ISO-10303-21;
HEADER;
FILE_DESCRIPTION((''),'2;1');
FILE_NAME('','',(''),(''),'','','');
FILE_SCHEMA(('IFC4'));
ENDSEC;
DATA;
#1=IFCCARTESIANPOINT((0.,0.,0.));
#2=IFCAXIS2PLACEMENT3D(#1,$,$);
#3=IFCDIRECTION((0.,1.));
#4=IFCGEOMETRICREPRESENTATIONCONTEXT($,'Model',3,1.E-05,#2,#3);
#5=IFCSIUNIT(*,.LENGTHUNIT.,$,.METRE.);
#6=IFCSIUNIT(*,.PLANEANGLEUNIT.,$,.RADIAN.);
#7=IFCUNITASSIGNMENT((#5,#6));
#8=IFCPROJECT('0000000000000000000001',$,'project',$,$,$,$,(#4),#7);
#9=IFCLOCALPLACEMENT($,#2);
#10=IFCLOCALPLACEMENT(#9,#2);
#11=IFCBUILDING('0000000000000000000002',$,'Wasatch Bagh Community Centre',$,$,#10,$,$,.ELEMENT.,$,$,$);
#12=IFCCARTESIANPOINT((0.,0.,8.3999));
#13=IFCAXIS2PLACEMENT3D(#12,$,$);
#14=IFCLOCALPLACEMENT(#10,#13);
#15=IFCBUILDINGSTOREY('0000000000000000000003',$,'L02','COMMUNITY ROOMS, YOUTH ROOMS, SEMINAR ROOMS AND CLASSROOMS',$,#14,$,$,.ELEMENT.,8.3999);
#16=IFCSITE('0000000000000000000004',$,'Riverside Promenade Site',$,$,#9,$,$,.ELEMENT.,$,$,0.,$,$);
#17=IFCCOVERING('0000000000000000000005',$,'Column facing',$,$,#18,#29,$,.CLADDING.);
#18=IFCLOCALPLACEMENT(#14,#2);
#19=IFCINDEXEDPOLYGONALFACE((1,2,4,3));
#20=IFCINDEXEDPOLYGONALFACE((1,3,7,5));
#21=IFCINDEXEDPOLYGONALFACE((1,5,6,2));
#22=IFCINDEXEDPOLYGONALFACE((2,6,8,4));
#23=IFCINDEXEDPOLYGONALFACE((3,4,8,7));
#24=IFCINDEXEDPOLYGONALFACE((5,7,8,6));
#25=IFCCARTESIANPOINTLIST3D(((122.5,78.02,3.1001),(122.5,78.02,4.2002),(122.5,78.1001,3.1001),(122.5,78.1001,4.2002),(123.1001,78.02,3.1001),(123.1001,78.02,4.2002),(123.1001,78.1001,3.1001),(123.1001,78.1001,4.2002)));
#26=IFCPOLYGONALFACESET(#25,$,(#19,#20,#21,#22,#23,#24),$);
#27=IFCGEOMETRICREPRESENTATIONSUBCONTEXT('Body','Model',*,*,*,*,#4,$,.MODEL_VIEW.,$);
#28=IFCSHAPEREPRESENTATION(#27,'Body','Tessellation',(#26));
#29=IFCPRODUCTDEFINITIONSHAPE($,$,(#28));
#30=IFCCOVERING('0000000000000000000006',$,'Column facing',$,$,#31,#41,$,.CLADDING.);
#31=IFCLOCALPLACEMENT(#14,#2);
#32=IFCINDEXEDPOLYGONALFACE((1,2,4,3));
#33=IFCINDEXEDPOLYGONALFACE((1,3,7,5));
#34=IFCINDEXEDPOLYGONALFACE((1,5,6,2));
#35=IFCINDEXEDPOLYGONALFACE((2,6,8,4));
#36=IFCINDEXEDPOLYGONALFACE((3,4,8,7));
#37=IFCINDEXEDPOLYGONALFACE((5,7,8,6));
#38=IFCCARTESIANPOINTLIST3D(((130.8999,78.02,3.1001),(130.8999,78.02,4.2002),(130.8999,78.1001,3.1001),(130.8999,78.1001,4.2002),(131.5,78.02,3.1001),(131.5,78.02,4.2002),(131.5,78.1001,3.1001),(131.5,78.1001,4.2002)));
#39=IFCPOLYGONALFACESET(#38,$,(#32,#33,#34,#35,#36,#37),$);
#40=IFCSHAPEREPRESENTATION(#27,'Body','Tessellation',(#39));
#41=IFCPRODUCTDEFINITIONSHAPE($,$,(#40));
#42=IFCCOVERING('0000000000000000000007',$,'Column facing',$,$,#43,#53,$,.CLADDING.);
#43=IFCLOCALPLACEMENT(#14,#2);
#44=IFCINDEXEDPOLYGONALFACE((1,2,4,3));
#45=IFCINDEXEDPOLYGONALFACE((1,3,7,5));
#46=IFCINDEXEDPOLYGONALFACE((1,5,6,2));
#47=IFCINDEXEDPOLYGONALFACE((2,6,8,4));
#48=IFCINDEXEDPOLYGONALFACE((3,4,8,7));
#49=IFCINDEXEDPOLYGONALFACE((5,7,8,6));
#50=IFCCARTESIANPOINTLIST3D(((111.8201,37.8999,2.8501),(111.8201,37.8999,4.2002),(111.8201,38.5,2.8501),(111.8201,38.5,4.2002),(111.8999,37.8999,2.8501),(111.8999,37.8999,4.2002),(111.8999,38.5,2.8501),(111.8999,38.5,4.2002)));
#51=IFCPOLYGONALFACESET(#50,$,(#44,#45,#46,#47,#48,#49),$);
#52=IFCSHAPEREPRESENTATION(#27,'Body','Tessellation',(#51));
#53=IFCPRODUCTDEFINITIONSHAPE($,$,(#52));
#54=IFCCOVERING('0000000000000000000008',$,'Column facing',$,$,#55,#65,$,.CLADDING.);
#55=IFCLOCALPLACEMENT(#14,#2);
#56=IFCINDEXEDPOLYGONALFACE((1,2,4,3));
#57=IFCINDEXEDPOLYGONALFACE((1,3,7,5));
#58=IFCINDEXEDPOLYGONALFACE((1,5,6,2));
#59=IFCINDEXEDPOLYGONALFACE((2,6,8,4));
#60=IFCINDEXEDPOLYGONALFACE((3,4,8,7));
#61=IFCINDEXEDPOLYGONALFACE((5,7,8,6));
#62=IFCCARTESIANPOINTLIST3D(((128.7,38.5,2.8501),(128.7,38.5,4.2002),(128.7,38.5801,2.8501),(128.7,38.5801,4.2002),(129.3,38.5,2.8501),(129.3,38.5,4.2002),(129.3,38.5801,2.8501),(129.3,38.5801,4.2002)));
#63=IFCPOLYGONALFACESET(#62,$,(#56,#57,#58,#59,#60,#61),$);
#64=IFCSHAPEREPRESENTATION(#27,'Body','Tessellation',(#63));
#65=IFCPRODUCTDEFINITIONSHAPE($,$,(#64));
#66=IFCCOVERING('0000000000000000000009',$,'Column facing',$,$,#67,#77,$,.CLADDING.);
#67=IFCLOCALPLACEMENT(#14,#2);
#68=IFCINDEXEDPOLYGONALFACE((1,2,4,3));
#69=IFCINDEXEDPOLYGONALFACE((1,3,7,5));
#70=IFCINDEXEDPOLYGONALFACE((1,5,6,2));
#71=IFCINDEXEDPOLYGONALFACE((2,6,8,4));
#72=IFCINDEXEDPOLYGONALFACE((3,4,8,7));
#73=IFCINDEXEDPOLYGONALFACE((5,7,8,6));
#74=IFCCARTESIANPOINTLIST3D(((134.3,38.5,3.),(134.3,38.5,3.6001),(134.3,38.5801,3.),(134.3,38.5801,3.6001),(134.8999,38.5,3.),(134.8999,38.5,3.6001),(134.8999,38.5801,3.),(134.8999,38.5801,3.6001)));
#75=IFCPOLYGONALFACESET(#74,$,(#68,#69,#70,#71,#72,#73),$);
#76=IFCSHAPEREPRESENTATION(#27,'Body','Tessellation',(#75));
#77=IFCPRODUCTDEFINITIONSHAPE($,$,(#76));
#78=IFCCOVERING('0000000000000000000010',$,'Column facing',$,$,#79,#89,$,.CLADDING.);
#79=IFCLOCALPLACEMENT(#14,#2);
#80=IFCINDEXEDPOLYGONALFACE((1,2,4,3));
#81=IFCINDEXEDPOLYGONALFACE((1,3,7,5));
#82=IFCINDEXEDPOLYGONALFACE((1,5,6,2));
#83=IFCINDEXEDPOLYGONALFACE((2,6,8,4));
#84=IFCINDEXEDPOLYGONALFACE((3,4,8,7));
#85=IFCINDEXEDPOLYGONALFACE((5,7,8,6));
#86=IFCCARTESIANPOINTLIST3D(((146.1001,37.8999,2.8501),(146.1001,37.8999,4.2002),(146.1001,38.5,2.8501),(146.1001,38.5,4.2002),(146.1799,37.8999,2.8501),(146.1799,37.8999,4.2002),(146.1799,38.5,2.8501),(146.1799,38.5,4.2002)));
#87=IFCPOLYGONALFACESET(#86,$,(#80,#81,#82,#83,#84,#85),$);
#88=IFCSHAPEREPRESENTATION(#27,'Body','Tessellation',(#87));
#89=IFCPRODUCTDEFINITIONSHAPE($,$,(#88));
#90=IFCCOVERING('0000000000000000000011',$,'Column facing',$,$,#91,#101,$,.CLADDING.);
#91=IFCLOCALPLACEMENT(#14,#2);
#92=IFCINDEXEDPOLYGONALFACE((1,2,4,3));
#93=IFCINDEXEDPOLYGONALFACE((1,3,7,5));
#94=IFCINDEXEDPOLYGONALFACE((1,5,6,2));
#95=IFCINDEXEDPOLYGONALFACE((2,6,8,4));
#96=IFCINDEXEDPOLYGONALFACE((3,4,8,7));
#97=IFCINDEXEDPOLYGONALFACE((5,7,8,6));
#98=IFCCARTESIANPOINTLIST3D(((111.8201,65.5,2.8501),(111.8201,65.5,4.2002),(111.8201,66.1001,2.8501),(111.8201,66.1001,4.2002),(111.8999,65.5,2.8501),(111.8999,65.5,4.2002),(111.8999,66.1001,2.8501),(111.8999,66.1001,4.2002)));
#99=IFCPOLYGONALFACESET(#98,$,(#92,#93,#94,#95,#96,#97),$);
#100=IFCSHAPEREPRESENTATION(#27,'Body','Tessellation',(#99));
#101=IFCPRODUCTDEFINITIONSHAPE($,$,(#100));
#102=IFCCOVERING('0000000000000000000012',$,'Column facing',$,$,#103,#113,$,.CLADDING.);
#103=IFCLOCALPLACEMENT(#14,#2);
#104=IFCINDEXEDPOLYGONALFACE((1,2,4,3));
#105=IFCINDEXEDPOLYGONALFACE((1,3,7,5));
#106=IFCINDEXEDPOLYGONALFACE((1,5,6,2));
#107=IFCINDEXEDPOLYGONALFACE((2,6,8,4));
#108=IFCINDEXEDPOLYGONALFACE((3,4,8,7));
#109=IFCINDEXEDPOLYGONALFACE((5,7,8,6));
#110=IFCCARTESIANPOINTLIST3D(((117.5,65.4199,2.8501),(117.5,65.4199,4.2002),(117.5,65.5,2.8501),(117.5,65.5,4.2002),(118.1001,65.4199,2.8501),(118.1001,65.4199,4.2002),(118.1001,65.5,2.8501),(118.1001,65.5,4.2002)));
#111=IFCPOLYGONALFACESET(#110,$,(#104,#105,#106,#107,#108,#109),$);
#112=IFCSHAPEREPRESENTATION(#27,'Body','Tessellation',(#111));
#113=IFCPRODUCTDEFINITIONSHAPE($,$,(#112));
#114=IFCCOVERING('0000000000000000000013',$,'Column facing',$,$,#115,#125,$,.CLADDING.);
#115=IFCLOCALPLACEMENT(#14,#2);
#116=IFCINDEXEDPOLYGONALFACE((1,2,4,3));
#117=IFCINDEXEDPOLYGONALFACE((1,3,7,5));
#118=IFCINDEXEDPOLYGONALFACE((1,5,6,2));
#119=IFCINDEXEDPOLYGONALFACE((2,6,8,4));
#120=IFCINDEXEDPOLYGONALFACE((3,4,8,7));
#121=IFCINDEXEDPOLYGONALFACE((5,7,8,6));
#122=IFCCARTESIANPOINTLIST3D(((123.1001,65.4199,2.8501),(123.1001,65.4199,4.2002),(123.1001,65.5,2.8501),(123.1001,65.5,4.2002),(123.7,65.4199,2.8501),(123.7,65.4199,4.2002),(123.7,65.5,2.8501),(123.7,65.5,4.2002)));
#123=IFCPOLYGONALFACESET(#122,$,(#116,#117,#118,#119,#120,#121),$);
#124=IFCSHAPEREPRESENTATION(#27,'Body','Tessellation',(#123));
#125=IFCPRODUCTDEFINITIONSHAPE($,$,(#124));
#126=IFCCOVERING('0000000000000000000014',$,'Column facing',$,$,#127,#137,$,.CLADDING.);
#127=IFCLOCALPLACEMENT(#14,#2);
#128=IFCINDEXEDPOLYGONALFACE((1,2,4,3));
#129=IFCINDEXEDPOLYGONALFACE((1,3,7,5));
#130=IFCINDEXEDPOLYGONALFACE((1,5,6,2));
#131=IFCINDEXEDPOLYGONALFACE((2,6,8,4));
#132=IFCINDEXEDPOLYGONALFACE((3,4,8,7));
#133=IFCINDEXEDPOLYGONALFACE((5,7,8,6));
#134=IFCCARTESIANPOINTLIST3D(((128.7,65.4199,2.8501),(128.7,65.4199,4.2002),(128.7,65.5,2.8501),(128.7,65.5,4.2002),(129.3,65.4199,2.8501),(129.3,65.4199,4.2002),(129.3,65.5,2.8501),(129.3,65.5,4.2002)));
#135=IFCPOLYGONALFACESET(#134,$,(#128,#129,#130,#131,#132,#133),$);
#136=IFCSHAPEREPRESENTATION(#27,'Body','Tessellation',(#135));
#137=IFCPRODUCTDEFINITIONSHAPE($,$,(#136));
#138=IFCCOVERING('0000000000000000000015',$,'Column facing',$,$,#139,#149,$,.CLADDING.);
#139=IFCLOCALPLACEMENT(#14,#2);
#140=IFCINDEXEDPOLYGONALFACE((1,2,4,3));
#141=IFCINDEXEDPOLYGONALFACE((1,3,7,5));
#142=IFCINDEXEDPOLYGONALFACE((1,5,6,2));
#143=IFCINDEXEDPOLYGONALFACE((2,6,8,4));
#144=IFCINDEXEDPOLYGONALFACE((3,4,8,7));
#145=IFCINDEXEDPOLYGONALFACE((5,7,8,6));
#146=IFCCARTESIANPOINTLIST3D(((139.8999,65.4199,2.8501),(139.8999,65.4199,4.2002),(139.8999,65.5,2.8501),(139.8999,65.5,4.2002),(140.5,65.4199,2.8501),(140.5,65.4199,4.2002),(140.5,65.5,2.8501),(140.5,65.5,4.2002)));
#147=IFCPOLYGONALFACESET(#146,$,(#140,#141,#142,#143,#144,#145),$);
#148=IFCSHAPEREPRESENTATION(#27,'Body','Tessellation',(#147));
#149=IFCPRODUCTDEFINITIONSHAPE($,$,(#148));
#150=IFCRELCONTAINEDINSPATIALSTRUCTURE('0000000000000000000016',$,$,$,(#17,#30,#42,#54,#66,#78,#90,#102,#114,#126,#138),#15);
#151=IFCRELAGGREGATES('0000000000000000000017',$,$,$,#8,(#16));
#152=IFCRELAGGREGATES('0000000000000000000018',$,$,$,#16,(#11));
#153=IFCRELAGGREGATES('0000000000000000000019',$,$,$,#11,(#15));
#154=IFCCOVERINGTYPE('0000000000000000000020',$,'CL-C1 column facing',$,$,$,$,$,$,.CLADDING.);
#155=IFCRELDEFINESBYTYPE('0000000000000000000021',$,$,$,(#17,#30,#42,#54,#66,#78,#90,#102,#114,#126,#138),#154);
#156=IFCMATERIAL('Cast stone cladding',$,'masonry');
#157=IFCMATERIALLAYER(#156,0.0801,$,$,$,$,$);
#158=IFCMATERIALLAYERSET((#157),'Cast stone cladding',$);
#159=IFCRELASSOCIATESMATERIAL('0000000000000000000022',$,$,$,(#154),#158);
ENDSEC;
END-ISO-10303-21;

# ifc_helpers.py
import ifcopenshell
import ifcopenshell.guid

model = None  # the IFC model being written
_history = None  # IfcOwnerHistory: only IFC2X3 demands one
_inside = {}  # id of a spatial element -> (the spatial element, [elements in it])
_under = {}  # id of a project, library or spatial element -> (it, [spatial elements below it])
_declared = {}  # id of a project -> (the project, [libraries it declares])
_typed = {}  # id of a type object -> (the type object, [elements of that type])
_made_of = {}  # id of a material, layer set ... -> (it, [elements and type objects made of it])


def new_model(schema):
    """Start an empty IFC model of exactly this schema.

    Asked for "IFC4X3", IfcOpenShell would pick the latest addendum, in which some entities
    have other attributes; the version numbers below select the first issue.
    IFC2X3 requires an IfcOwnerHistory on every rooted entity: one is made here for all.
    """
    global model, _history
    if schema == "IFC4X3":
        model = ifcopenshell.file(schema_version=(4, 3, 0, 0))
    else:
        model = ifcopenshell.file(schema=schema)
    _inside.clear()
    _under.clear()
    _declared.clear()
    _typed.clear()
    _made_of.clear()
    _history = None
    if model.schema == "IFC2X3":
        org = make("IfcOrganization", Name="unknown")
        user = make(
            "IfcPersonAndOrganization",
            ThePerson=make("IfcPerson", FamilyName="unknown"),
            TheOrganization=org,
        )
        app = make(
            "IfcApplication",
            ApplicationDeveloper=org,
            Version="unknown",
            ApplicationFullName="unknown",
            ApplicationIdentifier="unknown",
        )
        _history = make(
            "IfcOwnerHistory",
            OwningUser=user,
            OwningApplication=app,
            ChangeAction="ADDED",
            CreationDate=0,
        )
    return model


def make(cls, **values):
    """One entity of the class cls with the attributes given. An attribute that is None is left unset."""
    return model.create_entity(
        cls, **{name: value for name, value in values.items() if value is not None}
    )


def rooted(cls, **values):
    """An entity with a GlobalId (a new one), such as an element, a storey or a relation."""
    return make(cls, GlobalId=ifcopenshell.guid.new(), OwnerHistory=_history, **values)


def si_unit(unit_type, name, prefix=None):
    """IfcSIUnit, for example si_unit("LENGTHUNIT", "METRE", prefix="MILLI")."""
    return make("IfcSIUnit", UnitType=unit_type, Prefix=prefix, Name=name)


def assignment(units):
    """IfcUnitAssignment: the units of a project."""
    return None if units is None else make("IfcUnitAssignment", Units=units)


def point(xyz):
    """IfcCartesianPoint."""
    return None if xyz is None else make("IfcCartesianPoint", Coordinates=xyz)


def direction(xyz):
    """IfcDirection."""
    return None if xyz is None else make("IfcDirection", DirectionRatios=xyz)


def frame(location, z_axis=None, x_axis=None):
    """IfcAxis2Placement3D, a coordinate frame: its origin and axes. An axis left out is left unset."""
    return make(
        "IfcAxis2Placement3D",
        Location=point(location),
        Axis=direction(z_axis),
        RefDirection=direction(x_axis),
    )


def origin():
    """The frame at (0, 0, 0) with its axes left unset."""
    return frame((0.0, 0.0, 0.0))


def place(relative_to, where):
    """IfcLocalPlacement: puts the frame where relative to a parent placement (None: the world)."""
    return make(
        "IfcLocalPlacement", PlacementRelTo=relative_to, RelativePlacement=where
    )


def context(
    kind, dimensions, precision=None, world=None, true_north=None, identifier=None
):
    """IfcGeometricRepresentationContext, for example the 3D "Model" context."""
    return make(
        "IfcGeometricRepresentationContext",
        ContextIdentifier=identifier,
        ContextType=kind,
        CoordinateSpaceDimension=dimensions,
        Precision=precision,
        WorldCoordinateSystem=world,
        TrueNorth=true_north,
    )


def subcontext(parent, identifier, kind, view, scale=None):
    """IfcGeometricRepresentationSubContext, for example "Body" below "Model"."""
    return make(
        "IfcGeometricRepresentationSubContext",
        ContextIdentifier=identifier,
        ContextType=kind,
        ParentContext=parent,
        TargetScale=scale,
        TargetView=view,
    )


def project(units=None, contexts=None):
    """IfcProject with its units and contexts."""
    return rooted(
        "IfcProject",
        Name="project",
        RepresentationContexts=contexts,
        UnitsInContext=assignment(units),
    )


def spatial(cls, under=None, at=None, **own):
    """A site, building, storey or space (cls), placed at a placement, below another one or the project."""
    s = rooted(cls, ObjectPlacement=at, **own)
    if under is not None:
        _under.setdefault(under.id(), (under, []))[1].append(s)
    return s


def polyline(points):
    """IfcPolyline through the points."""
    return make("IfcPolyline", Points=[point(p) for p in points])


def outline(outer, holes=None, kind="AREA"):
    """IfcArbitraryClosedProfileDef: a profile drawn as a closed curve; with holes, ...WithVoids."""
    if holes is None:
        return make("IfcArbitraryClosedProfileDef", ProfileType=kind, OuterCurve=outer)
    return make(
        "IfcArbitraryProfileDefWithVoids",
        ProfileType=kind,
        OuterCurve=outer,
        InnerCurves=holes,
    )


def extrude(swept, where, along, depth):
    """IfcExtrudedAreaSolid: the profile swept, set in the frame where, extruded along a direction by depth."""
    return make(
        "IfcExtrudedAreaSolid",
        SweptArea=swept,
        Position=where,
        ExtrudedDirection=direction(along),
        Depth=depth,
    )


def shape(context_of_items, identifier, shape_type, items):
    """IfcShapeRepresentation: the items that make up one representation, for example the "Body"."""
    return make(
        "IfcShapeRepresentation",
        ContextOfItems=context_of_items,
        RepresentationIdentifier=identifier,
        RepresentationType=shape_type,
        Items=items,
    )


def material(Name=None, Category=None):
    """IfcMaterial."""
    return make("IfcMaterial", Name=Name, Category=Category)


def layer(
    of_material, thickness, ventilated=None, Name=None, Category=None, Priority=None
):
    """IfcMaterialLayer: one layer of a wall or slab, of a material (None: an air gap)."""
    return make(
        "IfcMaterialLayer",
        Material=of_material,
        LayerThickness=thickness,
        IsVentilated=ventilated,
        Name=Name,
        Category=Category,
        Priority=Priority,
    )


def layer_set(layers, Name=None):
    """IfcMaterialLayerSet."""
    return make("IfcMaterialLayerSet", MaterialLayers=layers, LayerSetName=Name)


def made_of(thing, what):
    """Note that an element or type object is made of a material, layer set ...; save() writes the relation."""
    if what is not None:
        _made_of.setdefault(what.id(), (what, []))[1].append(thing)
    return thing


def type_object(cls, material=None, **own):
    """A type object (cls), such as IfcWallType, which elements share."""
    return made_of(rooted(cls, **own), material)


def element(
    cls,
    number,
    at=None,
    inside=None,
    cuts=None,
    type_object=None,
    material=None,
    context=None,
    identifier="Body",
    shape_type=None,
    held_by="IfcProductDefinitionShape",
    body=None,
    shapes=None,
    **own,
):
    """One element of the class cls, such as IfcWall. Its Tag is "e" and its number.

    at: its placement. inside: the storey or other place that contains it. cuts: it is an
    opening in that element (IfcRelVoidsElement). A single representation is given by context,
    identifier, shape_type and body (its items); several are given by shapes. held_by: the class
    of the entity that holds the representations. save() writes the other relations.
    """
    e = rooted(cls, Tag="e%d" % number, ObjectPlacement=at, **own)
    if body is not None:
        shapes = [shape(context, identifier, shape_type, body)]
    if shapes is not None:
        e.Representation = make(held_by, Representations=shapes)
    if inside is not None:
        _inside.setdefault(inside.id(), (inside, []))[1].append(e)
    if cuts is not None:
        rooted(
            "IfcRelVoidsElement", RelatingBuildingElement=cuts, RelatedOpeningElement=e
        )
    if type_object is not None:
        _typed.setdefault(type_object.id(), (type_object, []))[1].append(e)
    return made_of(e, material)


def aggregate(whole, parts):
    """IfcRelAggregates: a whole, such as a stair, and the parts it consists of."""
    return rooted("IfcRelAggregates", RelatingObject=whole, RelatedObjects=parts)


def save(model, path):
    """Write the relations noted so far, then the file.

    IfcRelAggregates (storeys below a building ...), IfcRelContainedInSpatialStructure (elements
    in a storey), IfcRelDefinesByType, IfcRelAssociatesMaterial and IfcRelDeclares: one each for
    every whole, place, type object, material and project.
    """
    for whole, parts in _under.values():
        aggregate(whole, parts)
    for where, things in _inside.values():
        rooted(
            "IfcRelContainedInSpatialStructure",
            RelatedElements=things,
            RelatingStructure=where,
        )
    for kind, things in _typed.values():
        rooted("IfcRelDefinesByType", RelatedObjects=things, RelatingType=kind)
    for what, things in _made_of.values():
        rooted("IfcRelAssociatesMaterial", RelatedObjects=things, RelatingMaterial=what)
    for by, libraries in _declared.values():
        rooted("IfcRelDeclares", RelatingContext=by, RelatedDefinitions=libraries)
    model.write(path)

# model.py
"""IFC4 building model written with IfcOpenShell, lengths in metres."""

from ifc_helpers import new_model, si_unit, direction, frame, origin, place, context, subcontext, project, spatial, polyline, outline, extrude, material, layer, layer_set, type_object, element, save


model = new_model("IFC4")

# Units and contexts
model_context = context("Model", 3, precision=1e-05, world=origin(), true_north=direction((0.0, 1.0)))
body_context = subcontext(model_context, "Body", "Model", "MODEL_VIEW")
ifc_project = project(units=[si_unit("LENGTHUNIT", "METRE"), si_unit("PLANEANGLEUNIT", "RADIAN")], contexts=[model_context])

# Site, building, storey
site_placement = place(None, origin())
site = spatial("IfcSite", under=ifc_project, at=site_placement, Name="Riverside Promenade Site", CompositionType="ELEMENT", RefElevation=0.0)
building_placement = place(site_placement, origin())
building = spatial("IfcBuilding", under=site, at=building_placement, Name="Wasatch Bagh Community Centre", CompositionType="ELEMENT")
storey_placement = place(building_placement, frame((0.0, 0.0, 8.3999)))
storey = spatial("IfcBuildingStorey", under=building, at=storey_placement, Name="L02", Description="COMMUNITY ROOMS, YOUTH ROOMS, SEMINAR ROOMS AND CLASSROOMS", CompositionType="ELEMENT", Elevation=8.3999)

# Coverings
ifc_material_1 = material(Name="Cast stone cladding", Category="masonry")
ifc_layer_1 = layer(ifc_material_1, 0.0801)
ifc_layer_set_1 = layer_set([ifc_layer_1], Name="Cast stone cladding")
covering_type = type_object("IfcCoveringType", Name="CL-C1 column facing", PredefinedType="CLADDING", material=ifc_layer_set_1)
covering_1_placement = place(storey_placement, frame((0.0, 0.0, 3.1001)))
element("IfcCovering", 1, at=covering_1_placement, inside=storey, type_object=covering_type, Name="Column facing", PredefinedType="CLADDING", context=body_context, shape_type="SweptSolid", body=[
    extrude(outline(polyline([(122.5, 78.1001), (123.1001, 78.1001), (123.1001, 78.02), (122.5, 78.02), (122.5, 78.1001)])), origin(), (0.0, 0.0, 1.0), 1.1001),
])
covering_2_placement = place(storey_placement, frame((0.0, 0.0, 3.1001)))
element("IfcCovering", 2, at=covering_2_placement, inside=storey, type_object=covering_type, Name="Column facing", PredefinedType="CLADDING", context=body_context, shape_type="SweptSolid", body=[
    extrude(outline(polyline([(130.8999, 78.1001), (131.5, 78.1001), (131.5, 78.02), (130.8999, 78.02), (130.8999, 78.1001)])), origin(), (0.0, 0.0, 1.0), 1.1001),
])
covering_3_placement = place(storey_placement, frame((0.0, 0.0, 2.8501)))
element("IfcCovering", 3, at=covering_3_placement, inside=storey, type_object=covering_type, Name="Column facing", PredefinedType="CLADDING", context=body_context, shape_type="SweptSolid", body=[
    extrude(outline(polyline([(111.8999, 38.5), (111.8999, 37.8999), (111.8201, 37.8999), (111.8201, 38.5), (111.8999, 38.5)])), origin(), (0.0, 0.0, 1.0), 1.3501),
])
covering_4_placement = place(storey_placement, frame((0.0, 0.0, 2.8501)))
element("IfcCovering", 4, at=covering_4_placement, inside=storey, type_object=covering_type, Name="Column facing", PredefinedType="CLADDING", context=body_context, shape_type="SweptSolid", body=[
    extrude(outline(polyline([(129.3, 38.5), (128.7, 38.5), (128.7, 38.5801), (129.3, 38.5801), (129.3, 38.5)])), origin(), (0.0, 0.0, 1.0), 1.3501),
])
covering_5_placement = place(storey_placement, frame((0.0, 0.0, 3.0)))
element("IfcCovering", 5, at=covering_5_placement, inside=storey, type_object=covering_type, Name="Column facing", PredefinedType="CLADDING", context=body_context, shape_type="SweptSolid", body=[
    extrude(outline(polyline([(134.8999, 38.5), (134.3, 38.5), (134.3, 38.5801), (134.8999, 38.5801), (134.8999, 38.5)])), origin(), (0.0, 0.0, 1.0), 0.6001),
])
covering_6_placement = place(storey_placement, frame((0.0, 0.0, 2.8501)))
element("IfcCovering", 6, at=covering_6_placement, inside=storey, type_object=covering_type, Name="Column facing", PredefinedType="CLADDING", context=body_context, shape_type="SweptSolid", body=[
    extrude(outline(polyline([(146.1001, 37.8999), (146.1001, 38.5), (146.1799, 38.5), (146.1799, 37.8999), (146.1001, 37.8999)])), origin(), (0.0, 0.0, 1.0), 1.3501),
])
covering_7_placement = place(storey_placement, frame((0.0, 0.0, 2.8501)))
element("IfcCovering", 7, at=covering_7_placement, inside=storey, type_object=covering_type, Name="Column facing", PredefinedType="CLADDING", context=body_context, shape_type="SweptSolid", body=[
    extrude(outline(polyline([(111.8999, 66.1001), (111.8999, 65.5), (111.8201, 65.5), (111.8201, 66.1001), (111.8999, 66.1001)])), origin(), (0.0, 0.0, 1.0), 1.3501),
])
covering_8_placement = place(storey_placement, frame((0.0, 0.0, 2.8501)))
element("IfcCovering", 8, at=covering_8_placement, inside=storey, type_object=covering_type, Name="Column facing", PredefinedType="CLADDING", context=body_context, shape_type="SweptSolid", body=[
    extrude(outline(polyline([(117.5, 65.5), (118.1001, 65.5), (118.1001, 65.4199), (117.5, 65.4199), (117.5, 65.5)])), origin(), (0.0, 0.0, 1.0), 1.3501),
])
covering_9_placement = place(storey_placement, frame((0.0, 0.0, 2.8501)))
element("IfcCovering", 9, at=covering_9_placement, inside=storey, type_object=covering_type, Name="Column facing", PredefinedType="CLADDING", context=body_context, shape_type="SweptSolid", body=[
    extrude(outline(polyline([(123.1001, 65.5), (123.7, 65.5), (123.7, 65.4199), (123.1001, 65.4199), (123.1001, 65.5)])), origin(), (0.0, 0.0, 1.0), 1.3501),
])
covering_10_placement = place(storey_placement, frame((0.0, 0.0, 2.8501)))
element("IfcCovering", 10, at=covering_10_placement, inside=storey, type_object=covering_type, Name="Column facing", PredefinedType="CLADDING", context=body_context, shape_type="SweptSolid", body=[
    extrude(outline(polyline([(128.7, 65.5), (129.3, 65.5), (129.3, 65.4199), (128.7, 65.4199), (128.7, 65.5)])), origin(), (0.0, 0.0, 1.0), 1.3501),
])
covering_11_placement = place(storey_placement, frame((0.0, 0.0, 2.8501)))
element("IfcCovering", 11, at=covering_11_placement, inside=storey, type_object=covering_type, Name="Column facing", PredefinedType="CLADDING", context=body_context, shape_type="SweptSolid", body=[
    extrude(outline(polyline([(139.8999, 65.5), (140.5, 65.5), (140.5, 65.4199), (139.8999, 65.4199), (139.8999, 65.5)])), origin(), (0.0, 0.0, 1.0), 1.3501),
])

save(model, "model.ifc")
